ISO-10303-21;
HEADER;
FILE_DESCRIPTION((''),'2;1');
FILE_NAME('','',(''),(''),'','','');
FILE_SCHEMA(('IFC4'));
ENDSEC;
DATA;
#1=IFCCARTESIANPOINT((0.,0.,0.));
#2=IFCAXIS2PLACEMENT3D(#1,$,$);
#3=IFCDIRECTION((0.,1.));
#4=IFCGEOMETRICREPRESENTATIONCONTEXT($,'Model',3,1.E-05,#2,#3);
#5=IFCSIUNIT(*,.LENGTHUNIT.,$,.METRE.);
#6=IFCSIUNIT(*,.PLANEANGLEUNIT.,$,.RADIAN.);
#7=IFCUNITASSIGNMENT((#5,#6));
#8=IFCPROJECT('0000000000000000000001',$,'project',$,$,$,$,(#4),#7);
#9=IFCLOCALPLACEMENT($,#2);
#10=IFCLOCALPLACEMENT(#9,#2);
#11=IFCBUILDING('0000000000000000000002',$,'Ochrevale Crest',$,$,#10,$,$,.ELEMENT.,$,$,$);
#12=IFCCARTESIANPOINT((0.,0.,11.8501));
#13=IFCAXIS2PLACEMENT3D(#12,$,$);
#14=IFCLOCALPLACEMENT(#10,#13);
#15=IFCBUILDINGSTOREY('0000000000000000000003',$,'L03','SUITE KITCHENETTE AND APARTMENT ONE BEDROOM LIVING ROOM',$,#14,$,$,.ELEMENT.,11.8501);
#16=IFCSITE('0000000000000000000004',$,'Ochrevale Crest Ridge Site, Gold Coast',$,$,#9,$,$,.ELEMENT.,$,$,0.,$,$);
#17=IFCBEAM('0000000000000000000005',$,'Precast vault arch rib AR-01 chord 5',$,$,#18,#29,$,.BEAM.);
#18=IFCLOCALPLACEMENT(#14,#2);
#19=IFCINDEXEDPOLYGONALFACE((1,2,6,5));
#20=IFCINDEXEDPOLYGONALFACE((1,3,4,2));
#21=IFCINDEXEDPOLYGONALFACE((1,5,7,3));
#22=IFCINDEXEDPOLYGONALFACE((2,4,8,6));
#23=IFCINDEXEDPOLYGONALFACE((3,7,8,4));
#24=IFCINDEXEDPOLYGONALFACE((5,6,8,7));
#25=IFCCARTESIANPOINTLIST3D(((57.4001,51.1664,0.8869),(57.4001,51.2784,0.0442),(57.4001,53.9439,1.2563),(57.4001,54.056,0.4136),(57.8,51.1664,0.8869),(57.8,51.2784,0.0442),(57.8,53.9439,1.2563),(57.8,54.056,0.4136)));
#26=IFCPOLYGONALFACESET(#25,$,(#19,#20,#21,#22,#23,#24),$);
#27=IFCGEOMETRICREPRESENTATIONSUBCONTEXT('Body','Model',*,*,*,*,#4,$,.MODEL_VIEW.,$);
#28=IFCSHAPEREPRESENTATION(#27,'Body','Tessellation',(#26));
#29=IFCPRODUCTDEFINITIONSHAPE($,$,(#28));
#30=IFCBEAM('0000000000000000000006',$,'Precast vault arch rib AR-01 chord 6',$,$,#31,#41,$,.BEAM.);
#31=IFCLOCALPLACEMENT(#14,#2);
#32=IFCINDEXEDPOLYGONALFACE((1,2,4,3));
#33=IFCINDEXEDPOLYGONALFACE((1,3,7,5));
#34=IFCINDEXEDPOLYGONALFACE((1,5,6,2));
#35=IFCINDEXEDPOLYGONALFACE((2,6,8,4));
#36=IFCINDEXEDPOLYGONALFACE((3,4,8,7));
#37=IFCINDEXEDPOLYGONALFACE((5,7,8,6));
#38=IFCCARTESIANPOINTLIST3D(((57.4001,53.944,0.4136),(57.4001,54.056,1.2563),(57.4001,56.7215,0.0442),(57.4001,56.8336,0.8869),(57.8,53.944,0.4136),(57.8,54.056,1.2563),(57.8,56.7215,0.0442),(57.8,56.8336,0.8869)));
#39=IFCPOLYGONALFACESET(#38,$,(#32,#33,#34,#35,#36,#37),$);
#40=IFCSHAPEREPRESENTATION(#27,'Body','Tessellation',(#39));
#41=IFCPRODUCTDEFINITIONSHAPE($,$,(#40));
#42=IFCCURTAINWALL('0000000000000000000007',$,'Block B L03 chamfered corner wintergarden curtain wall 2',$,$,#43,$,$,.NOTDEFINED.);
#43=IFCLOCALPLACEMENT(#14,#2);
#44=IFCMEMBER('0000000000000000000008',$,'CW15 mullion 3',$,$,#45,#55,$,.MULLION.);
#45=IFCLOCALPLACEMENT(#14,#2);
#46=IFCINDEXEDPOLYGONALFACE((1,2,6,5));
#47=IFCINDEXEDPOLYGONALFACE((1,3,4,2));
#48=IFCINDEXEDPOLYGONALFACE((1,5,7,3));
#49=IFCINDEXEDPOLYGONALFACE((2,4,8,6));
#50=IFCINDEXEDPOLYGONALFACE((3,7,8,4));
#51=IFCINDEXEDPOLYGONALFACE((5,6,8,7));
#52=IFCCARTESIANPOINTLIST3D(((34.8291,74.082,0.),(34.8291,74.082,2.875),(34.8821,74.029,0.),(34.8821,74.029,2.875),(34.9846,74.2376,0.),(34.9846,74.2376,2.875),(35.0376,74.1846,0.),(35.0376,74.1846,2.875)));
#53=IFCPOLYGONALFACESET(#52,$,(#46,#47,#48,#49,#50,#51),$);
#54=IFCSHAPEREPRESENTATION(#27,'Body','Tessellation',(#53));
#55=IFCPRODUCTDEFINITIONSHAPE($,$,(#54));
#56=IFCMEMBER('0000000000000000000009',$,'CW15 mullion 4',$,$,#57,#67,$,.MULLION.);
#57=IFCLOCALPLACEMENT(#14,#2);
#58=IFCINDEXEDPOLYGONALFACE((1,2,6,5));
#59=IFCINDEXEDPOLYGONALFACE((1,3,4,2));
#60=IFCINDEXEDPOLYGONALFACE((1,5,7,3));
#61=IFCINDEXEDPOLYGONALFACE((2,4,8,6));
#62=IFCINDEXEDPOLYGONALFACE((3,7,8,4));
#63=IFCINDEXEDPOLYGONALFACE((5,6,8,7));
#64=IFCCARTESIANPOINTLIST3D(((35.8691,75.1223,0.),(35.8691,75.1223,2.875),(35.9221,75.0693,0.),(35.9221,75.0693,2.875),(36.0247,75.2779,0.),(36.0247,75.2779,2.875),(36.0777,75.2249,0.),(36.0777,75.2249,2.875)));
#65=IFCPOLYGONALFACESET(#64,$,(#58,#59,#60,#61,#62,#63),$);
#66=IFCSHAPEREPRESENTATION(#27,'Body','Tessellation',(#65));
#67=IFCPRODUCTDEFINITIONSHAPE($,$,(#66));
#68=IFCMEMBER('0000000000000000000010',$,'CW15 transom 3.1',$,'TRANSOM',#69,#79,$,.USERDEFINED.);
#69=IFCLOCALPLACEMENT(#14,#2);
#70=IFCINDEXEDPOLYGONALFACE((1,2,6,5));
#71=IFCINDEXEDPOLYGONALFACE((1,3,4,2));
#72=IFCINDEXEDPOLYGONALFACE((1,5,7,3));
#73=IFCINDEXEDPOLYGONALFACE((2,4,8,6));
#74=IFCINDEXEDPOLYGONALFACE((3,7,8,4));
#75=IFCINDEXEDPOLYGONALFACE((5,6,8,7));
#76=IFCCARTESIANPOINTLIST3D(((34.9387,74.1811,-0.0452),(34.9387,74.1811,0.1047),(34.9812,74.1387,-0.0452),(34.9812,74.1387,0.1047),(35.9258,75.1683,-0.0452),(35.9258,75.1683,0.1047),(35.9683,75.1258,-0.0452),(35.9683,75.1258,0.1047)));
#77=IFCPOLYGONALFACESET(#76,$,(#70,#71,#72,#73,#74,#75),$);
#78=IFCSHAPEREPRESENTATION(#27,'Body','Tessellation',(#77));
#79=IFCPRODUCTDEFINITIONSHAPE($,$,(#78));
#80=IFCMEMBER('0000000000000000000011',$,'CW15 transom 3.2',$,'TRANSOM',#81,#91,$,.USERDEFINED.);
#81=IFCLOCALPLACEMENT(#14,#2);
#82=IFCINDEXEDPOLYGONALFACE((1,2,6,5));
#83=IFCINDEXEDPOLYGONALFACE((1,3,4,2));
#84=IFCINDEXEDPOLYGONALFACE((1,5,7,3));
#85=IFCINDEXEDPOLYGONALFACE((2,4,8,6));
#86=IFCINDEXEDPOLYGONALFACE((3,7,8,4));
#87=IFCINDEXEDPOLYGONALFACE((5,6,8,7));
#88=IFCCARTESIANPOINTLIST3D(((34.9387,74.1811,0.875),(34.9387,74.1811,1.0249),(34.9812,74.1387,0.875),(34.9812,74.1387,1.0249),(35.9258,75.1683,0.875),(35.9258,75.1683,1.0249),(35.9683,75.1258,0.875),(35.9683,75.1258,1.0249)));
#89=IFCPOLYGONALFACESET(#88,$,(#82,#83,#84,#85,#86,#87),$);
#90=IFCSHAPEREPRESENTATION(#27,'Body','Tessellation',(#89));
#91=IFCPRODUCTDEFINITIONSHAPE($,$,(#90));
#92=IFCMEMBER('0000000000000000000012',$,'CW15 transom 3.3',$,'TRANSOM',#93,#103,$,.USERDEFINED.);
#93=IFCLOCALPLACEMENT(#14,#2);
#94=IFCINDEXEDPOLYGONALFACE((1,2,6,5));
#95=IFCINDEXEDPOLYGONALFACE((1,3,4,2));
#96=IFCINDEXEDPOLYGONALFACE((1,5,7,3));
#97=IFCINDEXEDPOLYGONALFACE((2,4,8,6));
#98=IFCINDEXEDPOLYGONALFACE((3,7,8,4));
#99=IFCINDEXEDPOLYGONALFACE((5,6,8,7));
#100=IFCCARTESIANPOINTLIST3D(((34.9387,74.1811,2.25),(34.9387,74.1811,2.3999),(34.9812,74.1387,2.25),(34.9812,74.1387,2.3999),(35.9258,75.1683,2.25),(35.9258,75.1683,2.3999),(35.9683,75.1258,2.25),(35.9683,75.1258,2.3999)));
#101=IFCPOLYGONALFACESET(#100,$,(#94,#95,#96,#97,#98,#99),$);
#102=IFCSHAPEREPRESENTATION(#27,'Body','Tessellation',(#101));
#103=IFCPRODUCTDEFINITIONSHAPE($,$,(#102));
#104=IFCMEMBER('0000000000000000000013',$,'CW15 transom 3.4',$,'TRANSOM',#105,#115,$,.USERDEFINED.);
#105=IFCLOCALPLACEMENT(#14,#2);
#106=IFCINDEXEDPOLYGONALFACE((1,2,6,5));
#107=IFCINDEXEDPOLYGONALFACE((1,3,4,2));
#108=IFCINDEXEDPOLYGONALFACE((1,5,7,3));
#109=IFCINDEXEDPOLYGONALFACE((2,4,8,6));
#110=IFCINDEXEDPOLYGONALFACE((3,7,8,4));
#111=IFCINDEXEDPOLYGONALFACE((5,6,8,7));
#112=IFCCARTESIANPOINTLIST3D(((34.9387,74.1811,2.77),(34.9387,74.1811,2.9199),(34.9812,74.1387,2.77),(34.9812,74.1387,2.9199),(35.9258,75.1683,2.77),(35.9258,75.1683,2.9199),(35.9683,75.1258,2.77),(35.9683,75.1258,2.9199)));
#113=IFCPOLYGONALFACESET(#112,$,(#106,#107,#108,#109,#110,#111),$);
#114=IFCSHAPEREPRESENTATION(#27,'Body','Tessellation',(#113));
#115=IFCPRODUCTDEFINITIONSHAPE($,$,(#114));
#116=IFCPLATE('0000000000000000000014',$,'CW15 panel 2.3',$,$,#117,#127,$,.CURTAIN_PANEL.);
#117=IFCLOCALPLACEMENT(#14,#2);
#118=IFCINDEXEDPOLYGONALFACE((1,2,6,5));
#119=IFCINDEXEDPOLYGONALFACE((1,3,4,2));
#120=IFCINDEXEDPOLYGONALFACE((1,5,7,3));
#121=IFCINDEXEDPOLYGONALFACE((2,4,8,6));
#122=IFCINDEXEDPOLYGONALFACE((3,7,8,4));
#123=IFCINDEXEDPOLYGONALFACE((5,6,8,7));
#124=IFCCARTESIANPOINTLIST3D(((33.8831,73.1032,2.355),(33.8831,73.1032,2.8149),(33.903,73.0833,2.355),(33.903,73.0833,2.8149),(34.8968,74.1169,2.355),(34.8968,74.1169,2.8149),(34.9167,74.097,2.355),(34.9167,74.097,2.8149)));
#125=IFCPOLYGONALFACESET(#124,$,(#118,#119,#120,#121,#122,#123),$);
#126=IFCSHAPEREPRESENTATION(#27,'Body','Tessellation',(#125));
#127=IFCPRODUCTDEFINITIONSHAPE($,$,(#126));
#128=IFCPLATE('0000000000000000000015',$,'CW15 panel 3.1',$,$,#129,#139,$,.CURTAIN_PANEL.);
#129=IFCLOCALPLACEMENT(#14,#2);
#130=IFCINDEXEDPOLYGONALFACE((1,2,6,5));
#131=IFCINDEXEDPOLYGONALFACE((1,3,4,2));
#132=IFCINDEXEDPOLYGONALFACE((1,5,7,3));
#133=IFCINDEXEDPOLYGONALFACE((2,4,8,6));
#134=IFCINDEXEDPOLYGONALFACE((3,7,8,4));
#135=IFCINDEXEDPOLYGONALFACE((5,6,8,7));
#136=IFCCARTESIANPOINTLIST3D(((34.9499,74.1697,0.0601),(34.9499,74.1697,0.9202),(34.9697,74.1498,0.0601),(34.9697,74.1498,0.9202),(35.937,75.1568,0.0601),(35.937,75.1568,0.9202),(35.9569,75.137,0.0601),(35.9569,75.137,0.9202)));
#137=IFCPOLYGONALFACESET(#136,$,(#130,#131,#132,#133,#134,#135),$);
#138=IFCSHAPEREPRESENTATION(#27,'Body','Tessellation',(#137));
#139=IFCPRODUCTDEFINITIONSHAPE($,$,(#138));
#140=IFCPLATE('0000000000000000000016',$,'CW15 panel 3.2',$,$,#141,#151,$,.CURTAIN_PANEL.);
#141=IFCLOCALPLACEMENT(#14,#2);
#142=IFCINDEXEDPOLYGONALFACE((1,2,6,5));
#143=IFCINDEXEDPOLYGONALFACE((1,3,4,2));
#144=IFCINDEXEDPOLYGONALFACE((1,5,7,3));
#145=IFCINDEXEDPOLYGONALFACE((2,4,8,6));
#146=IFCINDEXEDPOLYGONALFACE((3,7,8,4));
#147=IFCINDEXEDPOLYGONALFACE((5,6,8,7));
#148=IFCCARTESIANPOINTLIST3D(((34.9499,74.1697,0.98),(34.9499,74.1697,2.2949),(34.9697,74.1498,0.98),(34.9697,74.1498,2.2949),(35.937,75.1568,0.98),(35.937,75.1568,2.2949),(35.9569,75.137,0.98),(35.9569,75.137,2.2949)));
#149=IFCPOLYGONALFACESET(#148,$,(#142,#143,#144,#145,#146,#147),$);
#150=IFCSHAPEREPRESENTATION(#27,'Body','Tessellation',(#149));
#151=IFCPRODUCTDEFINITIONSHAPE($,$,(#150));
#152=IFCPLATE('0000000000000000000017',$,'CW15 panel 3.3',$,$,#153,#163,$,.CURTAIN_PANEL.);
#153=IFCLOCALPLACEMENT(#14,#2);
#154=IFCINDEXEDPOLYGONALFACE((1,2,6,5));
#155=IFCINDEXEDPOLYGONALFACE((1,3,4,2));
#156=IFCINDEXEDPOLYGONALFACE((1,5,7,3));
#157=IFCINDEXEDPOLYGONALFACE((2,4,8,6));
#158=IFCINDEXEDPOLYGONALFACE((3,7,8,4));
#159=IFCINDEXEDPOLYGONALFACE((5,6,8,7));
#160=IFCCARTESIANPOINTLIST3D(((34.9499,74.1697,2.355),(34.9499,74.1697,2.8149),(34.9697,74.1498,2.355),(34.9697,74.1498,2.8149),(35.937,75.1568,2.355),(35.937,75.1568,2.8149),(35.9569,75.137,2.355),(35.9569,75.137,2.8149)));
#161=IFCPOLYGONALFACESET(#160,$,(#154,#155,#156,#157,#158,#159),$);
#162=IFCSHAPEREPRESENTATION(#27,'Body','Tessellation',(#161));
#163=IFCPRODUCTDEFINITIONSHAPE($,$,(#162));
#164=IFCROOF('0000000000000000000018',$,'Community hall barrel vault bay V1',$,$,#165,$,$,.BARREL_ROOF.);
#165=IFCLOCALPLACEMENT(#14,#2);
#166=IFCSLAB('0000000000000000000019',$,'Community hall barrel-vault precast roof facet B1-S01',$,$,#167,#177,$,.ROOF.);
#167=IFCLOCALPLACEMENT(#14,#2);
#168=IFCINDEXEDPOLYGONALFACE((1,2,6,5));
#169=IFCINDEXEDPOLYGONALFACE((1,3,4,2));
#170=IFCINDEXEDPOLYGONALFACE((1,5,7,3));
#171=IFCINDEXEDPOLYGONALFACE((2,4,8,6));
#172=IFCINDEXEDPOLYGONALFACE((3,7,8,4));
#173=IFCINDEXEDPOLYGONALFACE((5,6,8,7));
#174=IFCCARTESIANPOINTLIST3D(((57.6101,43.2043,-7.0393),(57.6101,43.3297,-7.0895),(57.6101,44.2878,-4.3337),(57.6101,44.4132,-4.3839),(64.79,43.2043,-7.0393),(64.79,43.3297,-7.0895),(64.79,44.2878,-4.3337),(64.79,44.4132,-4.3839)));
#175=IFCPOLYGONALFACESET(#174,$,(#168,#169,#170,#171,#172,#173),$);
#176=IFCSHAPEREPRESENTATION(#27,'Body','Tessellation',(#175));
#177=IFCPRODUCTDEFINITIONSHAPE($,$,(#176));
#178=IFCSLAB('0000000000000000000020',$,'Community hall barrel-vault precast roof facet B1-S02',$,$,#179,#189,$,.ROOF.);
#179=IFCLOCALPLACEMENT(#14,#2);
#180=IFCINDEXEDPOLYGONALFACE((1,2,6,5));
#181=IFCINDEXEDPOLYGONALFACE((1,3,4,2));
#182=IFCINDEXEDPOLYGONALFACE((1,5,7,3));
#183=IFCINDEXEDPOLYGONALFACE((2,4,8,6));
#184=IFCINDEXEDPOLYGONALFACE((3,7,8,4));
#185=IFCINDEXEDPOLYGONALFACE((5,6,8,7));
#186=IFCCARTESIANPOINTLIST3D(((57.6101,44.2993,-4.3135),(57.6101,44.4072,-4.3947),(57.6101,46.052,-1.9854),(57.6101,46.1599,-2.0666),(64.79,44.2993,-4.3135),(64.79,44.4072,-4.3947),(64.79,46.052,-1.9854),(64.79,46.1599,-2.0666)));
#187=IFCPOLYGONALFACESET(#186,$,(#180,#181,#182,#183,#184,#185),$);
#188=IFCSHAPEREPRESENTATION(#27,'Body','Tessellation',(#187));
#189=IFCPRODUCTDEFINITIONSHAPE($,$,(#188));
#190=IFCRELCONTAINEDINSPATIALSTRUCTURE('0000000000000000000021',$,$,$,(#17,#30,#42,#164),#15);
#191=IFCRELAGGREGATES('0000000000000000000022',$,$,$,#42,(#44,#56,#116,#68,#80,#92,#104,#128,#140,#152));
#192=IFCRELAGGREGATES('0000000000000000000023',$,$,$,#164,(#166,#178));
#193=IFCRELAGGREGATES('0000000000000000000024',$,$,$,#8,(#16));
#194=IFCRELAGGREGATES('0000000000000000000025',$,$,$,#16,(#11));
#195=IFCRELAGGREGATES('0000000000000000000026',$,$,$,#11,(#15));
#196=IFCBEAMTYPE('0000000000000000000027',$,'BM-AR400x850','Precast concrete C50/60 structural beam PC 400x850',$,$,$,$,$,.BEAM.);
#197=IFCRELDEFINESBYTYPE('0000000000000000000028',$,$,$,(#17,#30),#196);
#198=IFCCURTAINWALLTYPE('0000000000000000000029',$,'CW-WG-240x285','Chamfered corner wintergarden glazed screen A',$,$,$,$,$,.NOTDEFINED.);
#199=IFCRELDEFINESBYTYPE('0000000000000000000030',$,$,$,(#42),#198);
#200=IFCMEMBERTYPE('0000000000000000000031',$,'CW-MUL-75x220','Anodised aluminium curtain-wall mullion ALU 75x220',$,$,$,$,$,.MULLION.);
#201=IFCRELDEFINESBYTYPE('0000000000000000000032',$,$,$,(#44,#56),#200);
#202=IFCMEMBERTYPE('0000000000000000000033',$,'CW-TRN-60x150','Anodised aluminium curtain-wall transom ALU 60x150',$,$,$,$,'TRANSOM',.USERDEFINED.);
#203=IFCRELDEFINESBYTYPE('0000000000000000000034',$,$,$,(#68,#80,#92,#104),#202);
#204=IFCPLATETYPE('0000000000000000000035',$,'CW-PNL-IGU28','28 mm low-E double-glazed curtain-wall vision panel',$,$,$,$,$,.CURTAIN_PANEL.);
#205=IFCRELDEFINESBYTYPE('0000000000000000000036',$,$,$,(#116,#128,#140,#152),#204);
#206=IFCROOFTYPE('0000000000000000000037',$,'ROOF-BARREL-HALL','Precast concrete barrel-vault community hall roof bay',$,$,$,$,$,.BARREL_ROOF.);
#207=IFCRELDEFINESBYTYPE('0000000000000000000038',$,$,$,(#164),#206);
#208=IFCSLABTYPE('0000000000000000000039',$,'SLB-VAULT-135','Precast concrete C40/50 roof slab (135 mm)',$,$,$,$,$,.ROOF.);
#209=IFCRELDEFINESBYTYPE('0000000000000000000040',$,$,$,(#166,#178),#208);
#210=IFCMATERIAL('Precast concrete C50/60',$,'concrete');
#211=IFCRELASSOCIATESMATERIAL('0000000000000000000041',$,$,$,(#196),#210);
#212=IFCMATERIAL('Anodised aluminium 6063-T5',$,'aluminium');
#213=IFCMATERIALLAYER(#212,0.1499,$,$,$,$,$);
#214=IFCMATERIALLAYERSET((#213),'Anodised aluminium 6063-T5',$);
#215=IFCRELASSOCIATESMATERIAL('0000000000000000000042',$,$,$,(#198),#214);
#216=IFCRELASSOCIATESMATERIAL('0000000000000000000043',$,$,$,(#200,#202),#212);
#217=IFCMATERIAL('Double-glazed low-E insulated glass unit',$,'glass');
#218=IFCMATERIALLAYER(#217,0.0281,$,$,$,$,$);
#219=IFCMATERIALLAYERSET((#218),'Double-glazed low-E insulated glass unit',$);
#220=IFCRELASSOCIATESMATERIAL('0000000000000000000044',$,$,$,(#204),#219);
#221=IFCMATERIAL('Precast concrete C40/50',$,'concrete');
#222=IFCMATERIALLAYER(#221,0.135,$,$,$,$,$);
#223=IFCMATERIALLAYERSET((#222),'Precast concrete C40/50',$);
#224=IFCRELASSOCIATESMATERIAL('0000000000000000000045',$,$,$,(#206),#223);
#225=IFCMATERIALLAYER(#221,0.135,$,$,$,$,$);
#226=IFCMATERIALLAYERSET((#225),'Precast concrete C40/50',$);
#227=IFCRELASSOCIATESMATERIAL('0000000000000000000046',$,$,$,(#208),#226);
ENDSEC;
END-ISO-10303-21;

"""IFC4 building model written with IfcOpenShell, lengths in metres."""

from ifc_helpers import new_model, si_unit, direction, frame, origin, origin_2d, place, context, subcontext, project, spatial, polyline, rectangle, outline, extrude, material, layer, layer_set, material_profile, profile_set, type_object, element, aggregate, save


model = new_model("IFC4")

# Units and contexts
model_context = context("Model", 3, precision=1e-05, world=origin(), true_north=direction((0.0, 1.0)))
body_context = subcontext(model_context, "Body", "Model", "MODEL_VIEW")
ifc_project = project(units=[si_unit("LENGTHUNIT", "METRE"), si_unit("PLANEANGLEUNIT", "RADIAN")], contexts=[model_context])

# Site, building, storey
site_placement = place(None, origin())
site = spatial("IfcSite", under=ifc_project, at=site_placement, Name="Ochrevale Crest Ridge Site, Gold Coast", CompositionType="ELEMENT", RefElevation=0.0)
building_placement = place(site_placement, origin())
building = spatial("IfcBuilding", under=site, at=building_placement, Name="Ochrevale Crest", CompositionType="ELEMENT")
storey_placement = place(building_placement, frame((0.0, 0.0, 11.8501)))
storey = spatial("IfcBuildingStorey", under=building, at=storey_placement, Name="L03", Description="SUITE KITCHENETTE AND APARTMENT ONE BEDROOM LIVING ROOM", CompositionType="ELEMENT", Elevation=11.8501)

# Beams
ifc_material_1 = material(Name="Precast concrete C50/60", Category="concrete")
ifc_material_profile_1 = material_profile(ifc_material_1, rectangle(XDim=0.3999, YDim=0.8501, at=origin_2d()), Name="PC 400x850")
ifc_profile_set_1 = profile_set([ifc_material_profile_1], Name="Precast concrete C50/60")
beam_type = type_object("IfcBeamType", Name="BM-AR400x850", Description="Precast concrete C50/60 structural beam PC 400x850", PredefinedType="BEAM", material=ifc_profile_set_1)
for number, where, z_axis, x_axis, name in (
    (1, (57.6001, 51.2224, 0.4656), (0.0, 0.991273, 0.131827), (-1.0, 0.0, 0.0), "Precast vault arch rib AR-01 chord 5"),
    (2, (57.6001, 54.0, 0.835), (0.0, 0.991273, -0.131827), (-1.0, 0.0, 0.0), "Precast vault arch rib AR-01 chord 6"),
):
    element("IfcBeam", number, at=place(storey_placement, frame(where, z_axis=z_axis, x_axis=x_axis)), inside=storey, type_object=beam_type, Name=name, PredefinedType="BEAM", context=body_context, shape_type="SweptSolid", body=[
        extrude(rectangle(XDim=0.3999, YDim=0.8501, at=origin_2d()), origin(), (0.0, 0.0, 1.0), 2.802),
    ])

# Curtain wall, members, plates
ifc_material_2 = material(Name="Anodised aluminium 6063-T5", Category="aluminium")
ifc_layer_1 = layer(ifc_material_2, 0.1499)
ifc_layer_set_1 = layer_set([ifc_layer_1], Name="Anodised aluminium 6063-T5")
curtain_wall_type = type_object("IfcCurtainWallType", Name="CW-WG-240x285", Description="Chamfered corner wintergarden glazed screen A", PredefinedType="NOTDEFINED", material=ifc_layer_set_1)
curtain_wall_placement = place(storey_placement, origin())
curtain_wall = element("IfcCurtainWall", 3, at=curtain_wall_placement, inside=storey, type_object=curtain_wall_type, Name="Block B L03 chamfered corner wintergarden curtain wall 2", PredefinedType="NOTDEFINED")
ifc_material_profile_2 = material_profile(ifc_material_2, rectangle(XDim=0.075, YDim=0.22, at=origin_2d()), Name="ALU 75x220")
ifc_profile_set_2 = profile_set([ifc_material_profile_2], Name="Anodised aluminium 6063-T5")
member_type_1 = type_object("IfcMemberType", Name="CW-MUL-75x220", Description="Anodised aluminium curtain-wall mullion ALU 75x220", PredefinedType="MULLION", material=ifc_profile_set_2)
member_1_placement = place(storey_placement, frame((34.9333, 74.1333, 0.0), z_axis=(0.0, 0.0, 1.0), x_axis=(-0.707107, 0.707107, 0.0)))
member_1 = element("IfcMember", 4, at=member_1_placement, type_object=member_type_1, Name="CW15 mullion 3", PredefinedType="MULLION", context=body_context, shape_type="SweptSolid", body=[
    extrude(rectangle(XDim=0.075, YDim=0.22, at=origin_2d()), origin(), (0.0, 0.0, 1.0), 2.875),
])
member_2_placement = place(storey_placement, frame((35.9734, 75.1736, 0.0), z_axis=(0.0, 0.0, 1.0), x_axis=(-0.707107, 0.707107, 0.0)))
member_2 = element("IfcMember", 5, at=member_2_placement, type_object=member_type_1, Name="CW15 mullion 4", PredefinedType="MULLION", context=body_context, shape_type="SweptSolid", body=[
    extrude(rectangle(XDim=0.075, YDim=0.22, at=origin_2d()), origin(), (0.0, 0.0, 1.0), 2.875),
])
ifc_material_profile_3 = material_profile(ifc_material_2, rectangle(XDim=0.0601, YDim=0.1499, at=origin_2d()), Name="ALU 60x150")
ifc_profile_set_3 = profile_set([ifc_material_profile_3], Name="Anodised aluminium 6063-T5")
member_type_2 = type_object("IfcMemberType", Name="CW-TRN-60x150", Description="Anodised aluminium curtain-wall transom ALU 60x150", ElementType="TRANSOM", PredefinedType="USERDEFINED", material=ifc_profile_set_3)
member_3_placement = place(storey_placement, frame((34.96, 74.1599, 0.0298), z_axis=(0.707107, 0.707107, 0.0), x_axis=(-0.707107, 0.707107, 0.0)))
member_3 = element("IfcMember", 6, at=member_3_placement, type_object=member_type_2, Name="CW15 transom 3.1", ObjectType="TRANSOM", PredefinedType="USERDEFINED", context=body_context, shape_type="SweptSolid", body=[
    extrude(rectangle(XDim=0.0601, YDim=0.1499, at=origin_2d()), origin(), (0.0, 0.0, 1.0), 1.396),
])
member_4_placement = place(storey_placement, frame((34.96, 74.1599, 0.95), z_axis=(0.707107, 0.707107, 0.0), x_axis=(-0.707107, 0.707107, 0.0)))
member_4 = element("IfcMember", 7, at=member_4_placement, type_object=member_type_2, Name="CW15 transom 3.2", ObjectType="TRANSOM", PredefinedType="USERDEFINED", context=body_context, shape_type="SweptSolid", body=[
    extrude(rectangle(XDim=0.0601, YDim=0.1499, at=origin_2d()), origin(), (0.0, 0.0, 1.0), 1.396),
])
member_5_placement = place(storey_placement, frame((34.96, 74.1599, 2.325), z_axis=(0.707107, 0.707107, 0.0), x_axis=(-0.707107, 0.707107, 0.0)))
member_5 = element("IfcMember", 8, at=member_5_placement, type_object=member_type_2, Name="CW15 transom 3.3", ObjectType="TRANSOM", PredefinedType="USERDEFINED", context=body_context, shape_type="SweptSolid", body=[
    extrude(rectangle(XDim=0.0601, YDim=0.1499, at=origin_2d()), origin(), (0.0, 0.0, 1.0), 1.396),
])
member_6_placement = place(storey_placement, frame((34.96, 74.1599, 2.845), z_axis=(0.707107, 0.707107, 0.0), x_axis=(-0.707107, 0.707107, 0.0)))
member_6 = element("IfcMember", 9, at=member_6_placement, type_object=member_type_2, Name="CW15 transom 3.4", ObjectType="TRANSOM", PredefinedType="USERDEFINED", context=body_context, shape_type="SweptSolid", body=[
    extrude(rectangle(XDim=0.0601, YDim=0.1499, at=origin_2d()), origin(), (0.0, 0.0, 1.0), 1.396),
])
ifc_material_3 = material(Name="Double-glazed low-E insulated glass unit", Category="glass")
ifc_layer_2 = layer(ifc_material_3, 0.0281)
ifc_layer_set_2 = layer_set([ifc_layer_2], Name="Double-glazed low-E insulated glass unit")
plate_type = type_object("IfcPlateType", Name="CW-PNL-IGU28", Description="28 mm low-E double-glazed curtain-wall vision panel", PredefinedType="CURTAIN_PANEL", material=ifc_layer_set_2)
plate_1_placement = place(storey_placement, frame((34.3999, 73.6001, 2.355), z_axis=(0.0, 0.0, 1.0), x_axis=(0.707107, 0.707107, 0.0)))
plate_1 = element("IfcPlate", 10, at=plate_1_placement, type_object=plate_type, Name="CW15 panel 2.3", PredefinedType="CURTAIN_PANEL", context=body_context, shape_type="SweptSolid", body=[
    extrude(rectangle(XDim=1.4336, YDim=0.0281, at=origin_2d()), origin(), (0.0, 0.0, 1.0), 0.46),
])
plate_2_placement = place(storey_placement, frame((35.4534, 74.6533, 0.0601), z_axis=(0.0, 0.0, 1.0), x_axis=(0.707107, 0.707107, 0.0)))
plate_2 = element("IfcPlate", 11, at=plate_2_placement, type_object=plate_type, Name="CW15 panel 3.1", PredefinedType="CURTAIN_PANEL", context=body_context, shape_type="SweptSolid", body=[
    extrude(rectangle(XDim=1.396, YDim=0.0281, at=origin_2d()), origin(), (0.0, 0.0, 1.0), 0.8601),
])
plate_3_placement = place(storey_placement, frame((35.4534, 74.6533, 0.98), z_axis=(0.0, 0.0, 1.0), x_axis=(0.707107, 0.707107, 0.0)))
plate_3 = element("IfcPlate", 12, at=plate_3_placement, type_object=plate_type, Name="CW15 panel 3.2", PredefinedType="CURTAIN_PANEL", context=body_context, shape_type="SweptSolid", body=[
    extrude(rectangle(XDim=1.396, YDim=0.0281, at=origin_2d()), origin(), (0.0, 0.0, 1.0), 1.3149),
])
plate_4_placement = place(storey_placement, frame((35.4534, 74.6533, 2.355), z_axis=(0.0, 0.0, 1.0), x_axis=(0.707107, 0.707107, 0.0)))
plate_4 = element("IfcPlate", 13, at=plate_4_placement, type_object=plate_type, Name="CW15 panel 3.3", PredefinedType="CURTAIN_PANEL", context=body_context, shape_type="SweptSolid", body=[
    extrude(rectangle(XDim=1.396, YDim=0.0281, at=origin_2d()), origin(), (0.0, 0.0, 1.0), 0.46),
])
aggregate(curtain_wall, [member_1, member_2, plate_1, member_3, member_4, member_5, member_6, plate_2, plate_3, plate_4])

# Roof, slabs
ifc_material_4 = material(Name="Precast concrete C40/50", Category="concrete")
ifc_layer_3 = layer(ifc_material_4, 0.135)
ifc_layer_set_3 = layer_set([ifc_layer_3], Name="Precast concrete C40/50")
roof_type = type_object("IfcRoofType", Name="ROOF-BARREL-HALL", Description="Precast concrete barrel-vault community hall roof bay", PredefinedType="BARREL_ROOF", material=ifc_layer_set_3)
roof_placement = place(storey_placement, origin())
roof = element("IfcRoof", 14, at=roof_placement, inside=storey, type_object=roof_type, Name="Community hall barrel vault bay V1", PredefinedType="BARREL_ROOF")
ifc_layer_4 = layer(ifc_material_4, 0.135)
ifc_layer_set_4 = layer_set([ifc_layer_4], Name="Precast concrete C40/50")
slab_type = type_object("IfcSlabType", Name="SLB-VAULT-135", Description="Precast concrete C40/50 roof slab (135 mm)", PredefinedType="ROOF", material=ifc_layer_set_4)
slab_1_placement = place(storey_placement, frame((57.6101, 43.2043, -7.0393), z_axis=(0.0, -0.928326, 0.371766), x_axis=(1.0, 0.0, 0.0)))
slab_1 = element("IfcSlab", 15, at=slab_1_placement, type_object=slab_type, Name="Community hall barrel-vault precast roof facet B1-S01", PredefinedType="ROOF", context=body_context, shape_type="SweptSolid", body=[
    extrude(outline(polyline([(0.0, 0.0), (7.1799, 0.0), (7.1799, 2.9145), (0.0, 2.9145), (0.0, 0.0)])), origin(), (0.0, 0.0, -1.0), 0.135),
])
slab_2_placement = place(storey_placement, frame((57.6101, 44.2993, -4.3135), z_axis=(0.0, -0.798913, 0.601447), x_axis=(1.0, 0.0, 0.0)))
slab_2 = element("IfcSlab", 16, at=slab_2_placement, type_object=slab_type, Name="Community hall barrel-vault precast roof facet B1-S02", PredefinedType="ROOF", context=body_context, shape_type="SweptSolid", body=[
    extrude(outline(polyline([(0.0, 0.0), (7.1799, 0.0), (7.1799, 2.9141), (0.0, 2.9141), (0.0, 0.0)])), origin(), (0.0, 0.0, -1.0), 0.135),
])
aggregate(roof, [slab_1, slab_2])

save(model, "model.ifc")
